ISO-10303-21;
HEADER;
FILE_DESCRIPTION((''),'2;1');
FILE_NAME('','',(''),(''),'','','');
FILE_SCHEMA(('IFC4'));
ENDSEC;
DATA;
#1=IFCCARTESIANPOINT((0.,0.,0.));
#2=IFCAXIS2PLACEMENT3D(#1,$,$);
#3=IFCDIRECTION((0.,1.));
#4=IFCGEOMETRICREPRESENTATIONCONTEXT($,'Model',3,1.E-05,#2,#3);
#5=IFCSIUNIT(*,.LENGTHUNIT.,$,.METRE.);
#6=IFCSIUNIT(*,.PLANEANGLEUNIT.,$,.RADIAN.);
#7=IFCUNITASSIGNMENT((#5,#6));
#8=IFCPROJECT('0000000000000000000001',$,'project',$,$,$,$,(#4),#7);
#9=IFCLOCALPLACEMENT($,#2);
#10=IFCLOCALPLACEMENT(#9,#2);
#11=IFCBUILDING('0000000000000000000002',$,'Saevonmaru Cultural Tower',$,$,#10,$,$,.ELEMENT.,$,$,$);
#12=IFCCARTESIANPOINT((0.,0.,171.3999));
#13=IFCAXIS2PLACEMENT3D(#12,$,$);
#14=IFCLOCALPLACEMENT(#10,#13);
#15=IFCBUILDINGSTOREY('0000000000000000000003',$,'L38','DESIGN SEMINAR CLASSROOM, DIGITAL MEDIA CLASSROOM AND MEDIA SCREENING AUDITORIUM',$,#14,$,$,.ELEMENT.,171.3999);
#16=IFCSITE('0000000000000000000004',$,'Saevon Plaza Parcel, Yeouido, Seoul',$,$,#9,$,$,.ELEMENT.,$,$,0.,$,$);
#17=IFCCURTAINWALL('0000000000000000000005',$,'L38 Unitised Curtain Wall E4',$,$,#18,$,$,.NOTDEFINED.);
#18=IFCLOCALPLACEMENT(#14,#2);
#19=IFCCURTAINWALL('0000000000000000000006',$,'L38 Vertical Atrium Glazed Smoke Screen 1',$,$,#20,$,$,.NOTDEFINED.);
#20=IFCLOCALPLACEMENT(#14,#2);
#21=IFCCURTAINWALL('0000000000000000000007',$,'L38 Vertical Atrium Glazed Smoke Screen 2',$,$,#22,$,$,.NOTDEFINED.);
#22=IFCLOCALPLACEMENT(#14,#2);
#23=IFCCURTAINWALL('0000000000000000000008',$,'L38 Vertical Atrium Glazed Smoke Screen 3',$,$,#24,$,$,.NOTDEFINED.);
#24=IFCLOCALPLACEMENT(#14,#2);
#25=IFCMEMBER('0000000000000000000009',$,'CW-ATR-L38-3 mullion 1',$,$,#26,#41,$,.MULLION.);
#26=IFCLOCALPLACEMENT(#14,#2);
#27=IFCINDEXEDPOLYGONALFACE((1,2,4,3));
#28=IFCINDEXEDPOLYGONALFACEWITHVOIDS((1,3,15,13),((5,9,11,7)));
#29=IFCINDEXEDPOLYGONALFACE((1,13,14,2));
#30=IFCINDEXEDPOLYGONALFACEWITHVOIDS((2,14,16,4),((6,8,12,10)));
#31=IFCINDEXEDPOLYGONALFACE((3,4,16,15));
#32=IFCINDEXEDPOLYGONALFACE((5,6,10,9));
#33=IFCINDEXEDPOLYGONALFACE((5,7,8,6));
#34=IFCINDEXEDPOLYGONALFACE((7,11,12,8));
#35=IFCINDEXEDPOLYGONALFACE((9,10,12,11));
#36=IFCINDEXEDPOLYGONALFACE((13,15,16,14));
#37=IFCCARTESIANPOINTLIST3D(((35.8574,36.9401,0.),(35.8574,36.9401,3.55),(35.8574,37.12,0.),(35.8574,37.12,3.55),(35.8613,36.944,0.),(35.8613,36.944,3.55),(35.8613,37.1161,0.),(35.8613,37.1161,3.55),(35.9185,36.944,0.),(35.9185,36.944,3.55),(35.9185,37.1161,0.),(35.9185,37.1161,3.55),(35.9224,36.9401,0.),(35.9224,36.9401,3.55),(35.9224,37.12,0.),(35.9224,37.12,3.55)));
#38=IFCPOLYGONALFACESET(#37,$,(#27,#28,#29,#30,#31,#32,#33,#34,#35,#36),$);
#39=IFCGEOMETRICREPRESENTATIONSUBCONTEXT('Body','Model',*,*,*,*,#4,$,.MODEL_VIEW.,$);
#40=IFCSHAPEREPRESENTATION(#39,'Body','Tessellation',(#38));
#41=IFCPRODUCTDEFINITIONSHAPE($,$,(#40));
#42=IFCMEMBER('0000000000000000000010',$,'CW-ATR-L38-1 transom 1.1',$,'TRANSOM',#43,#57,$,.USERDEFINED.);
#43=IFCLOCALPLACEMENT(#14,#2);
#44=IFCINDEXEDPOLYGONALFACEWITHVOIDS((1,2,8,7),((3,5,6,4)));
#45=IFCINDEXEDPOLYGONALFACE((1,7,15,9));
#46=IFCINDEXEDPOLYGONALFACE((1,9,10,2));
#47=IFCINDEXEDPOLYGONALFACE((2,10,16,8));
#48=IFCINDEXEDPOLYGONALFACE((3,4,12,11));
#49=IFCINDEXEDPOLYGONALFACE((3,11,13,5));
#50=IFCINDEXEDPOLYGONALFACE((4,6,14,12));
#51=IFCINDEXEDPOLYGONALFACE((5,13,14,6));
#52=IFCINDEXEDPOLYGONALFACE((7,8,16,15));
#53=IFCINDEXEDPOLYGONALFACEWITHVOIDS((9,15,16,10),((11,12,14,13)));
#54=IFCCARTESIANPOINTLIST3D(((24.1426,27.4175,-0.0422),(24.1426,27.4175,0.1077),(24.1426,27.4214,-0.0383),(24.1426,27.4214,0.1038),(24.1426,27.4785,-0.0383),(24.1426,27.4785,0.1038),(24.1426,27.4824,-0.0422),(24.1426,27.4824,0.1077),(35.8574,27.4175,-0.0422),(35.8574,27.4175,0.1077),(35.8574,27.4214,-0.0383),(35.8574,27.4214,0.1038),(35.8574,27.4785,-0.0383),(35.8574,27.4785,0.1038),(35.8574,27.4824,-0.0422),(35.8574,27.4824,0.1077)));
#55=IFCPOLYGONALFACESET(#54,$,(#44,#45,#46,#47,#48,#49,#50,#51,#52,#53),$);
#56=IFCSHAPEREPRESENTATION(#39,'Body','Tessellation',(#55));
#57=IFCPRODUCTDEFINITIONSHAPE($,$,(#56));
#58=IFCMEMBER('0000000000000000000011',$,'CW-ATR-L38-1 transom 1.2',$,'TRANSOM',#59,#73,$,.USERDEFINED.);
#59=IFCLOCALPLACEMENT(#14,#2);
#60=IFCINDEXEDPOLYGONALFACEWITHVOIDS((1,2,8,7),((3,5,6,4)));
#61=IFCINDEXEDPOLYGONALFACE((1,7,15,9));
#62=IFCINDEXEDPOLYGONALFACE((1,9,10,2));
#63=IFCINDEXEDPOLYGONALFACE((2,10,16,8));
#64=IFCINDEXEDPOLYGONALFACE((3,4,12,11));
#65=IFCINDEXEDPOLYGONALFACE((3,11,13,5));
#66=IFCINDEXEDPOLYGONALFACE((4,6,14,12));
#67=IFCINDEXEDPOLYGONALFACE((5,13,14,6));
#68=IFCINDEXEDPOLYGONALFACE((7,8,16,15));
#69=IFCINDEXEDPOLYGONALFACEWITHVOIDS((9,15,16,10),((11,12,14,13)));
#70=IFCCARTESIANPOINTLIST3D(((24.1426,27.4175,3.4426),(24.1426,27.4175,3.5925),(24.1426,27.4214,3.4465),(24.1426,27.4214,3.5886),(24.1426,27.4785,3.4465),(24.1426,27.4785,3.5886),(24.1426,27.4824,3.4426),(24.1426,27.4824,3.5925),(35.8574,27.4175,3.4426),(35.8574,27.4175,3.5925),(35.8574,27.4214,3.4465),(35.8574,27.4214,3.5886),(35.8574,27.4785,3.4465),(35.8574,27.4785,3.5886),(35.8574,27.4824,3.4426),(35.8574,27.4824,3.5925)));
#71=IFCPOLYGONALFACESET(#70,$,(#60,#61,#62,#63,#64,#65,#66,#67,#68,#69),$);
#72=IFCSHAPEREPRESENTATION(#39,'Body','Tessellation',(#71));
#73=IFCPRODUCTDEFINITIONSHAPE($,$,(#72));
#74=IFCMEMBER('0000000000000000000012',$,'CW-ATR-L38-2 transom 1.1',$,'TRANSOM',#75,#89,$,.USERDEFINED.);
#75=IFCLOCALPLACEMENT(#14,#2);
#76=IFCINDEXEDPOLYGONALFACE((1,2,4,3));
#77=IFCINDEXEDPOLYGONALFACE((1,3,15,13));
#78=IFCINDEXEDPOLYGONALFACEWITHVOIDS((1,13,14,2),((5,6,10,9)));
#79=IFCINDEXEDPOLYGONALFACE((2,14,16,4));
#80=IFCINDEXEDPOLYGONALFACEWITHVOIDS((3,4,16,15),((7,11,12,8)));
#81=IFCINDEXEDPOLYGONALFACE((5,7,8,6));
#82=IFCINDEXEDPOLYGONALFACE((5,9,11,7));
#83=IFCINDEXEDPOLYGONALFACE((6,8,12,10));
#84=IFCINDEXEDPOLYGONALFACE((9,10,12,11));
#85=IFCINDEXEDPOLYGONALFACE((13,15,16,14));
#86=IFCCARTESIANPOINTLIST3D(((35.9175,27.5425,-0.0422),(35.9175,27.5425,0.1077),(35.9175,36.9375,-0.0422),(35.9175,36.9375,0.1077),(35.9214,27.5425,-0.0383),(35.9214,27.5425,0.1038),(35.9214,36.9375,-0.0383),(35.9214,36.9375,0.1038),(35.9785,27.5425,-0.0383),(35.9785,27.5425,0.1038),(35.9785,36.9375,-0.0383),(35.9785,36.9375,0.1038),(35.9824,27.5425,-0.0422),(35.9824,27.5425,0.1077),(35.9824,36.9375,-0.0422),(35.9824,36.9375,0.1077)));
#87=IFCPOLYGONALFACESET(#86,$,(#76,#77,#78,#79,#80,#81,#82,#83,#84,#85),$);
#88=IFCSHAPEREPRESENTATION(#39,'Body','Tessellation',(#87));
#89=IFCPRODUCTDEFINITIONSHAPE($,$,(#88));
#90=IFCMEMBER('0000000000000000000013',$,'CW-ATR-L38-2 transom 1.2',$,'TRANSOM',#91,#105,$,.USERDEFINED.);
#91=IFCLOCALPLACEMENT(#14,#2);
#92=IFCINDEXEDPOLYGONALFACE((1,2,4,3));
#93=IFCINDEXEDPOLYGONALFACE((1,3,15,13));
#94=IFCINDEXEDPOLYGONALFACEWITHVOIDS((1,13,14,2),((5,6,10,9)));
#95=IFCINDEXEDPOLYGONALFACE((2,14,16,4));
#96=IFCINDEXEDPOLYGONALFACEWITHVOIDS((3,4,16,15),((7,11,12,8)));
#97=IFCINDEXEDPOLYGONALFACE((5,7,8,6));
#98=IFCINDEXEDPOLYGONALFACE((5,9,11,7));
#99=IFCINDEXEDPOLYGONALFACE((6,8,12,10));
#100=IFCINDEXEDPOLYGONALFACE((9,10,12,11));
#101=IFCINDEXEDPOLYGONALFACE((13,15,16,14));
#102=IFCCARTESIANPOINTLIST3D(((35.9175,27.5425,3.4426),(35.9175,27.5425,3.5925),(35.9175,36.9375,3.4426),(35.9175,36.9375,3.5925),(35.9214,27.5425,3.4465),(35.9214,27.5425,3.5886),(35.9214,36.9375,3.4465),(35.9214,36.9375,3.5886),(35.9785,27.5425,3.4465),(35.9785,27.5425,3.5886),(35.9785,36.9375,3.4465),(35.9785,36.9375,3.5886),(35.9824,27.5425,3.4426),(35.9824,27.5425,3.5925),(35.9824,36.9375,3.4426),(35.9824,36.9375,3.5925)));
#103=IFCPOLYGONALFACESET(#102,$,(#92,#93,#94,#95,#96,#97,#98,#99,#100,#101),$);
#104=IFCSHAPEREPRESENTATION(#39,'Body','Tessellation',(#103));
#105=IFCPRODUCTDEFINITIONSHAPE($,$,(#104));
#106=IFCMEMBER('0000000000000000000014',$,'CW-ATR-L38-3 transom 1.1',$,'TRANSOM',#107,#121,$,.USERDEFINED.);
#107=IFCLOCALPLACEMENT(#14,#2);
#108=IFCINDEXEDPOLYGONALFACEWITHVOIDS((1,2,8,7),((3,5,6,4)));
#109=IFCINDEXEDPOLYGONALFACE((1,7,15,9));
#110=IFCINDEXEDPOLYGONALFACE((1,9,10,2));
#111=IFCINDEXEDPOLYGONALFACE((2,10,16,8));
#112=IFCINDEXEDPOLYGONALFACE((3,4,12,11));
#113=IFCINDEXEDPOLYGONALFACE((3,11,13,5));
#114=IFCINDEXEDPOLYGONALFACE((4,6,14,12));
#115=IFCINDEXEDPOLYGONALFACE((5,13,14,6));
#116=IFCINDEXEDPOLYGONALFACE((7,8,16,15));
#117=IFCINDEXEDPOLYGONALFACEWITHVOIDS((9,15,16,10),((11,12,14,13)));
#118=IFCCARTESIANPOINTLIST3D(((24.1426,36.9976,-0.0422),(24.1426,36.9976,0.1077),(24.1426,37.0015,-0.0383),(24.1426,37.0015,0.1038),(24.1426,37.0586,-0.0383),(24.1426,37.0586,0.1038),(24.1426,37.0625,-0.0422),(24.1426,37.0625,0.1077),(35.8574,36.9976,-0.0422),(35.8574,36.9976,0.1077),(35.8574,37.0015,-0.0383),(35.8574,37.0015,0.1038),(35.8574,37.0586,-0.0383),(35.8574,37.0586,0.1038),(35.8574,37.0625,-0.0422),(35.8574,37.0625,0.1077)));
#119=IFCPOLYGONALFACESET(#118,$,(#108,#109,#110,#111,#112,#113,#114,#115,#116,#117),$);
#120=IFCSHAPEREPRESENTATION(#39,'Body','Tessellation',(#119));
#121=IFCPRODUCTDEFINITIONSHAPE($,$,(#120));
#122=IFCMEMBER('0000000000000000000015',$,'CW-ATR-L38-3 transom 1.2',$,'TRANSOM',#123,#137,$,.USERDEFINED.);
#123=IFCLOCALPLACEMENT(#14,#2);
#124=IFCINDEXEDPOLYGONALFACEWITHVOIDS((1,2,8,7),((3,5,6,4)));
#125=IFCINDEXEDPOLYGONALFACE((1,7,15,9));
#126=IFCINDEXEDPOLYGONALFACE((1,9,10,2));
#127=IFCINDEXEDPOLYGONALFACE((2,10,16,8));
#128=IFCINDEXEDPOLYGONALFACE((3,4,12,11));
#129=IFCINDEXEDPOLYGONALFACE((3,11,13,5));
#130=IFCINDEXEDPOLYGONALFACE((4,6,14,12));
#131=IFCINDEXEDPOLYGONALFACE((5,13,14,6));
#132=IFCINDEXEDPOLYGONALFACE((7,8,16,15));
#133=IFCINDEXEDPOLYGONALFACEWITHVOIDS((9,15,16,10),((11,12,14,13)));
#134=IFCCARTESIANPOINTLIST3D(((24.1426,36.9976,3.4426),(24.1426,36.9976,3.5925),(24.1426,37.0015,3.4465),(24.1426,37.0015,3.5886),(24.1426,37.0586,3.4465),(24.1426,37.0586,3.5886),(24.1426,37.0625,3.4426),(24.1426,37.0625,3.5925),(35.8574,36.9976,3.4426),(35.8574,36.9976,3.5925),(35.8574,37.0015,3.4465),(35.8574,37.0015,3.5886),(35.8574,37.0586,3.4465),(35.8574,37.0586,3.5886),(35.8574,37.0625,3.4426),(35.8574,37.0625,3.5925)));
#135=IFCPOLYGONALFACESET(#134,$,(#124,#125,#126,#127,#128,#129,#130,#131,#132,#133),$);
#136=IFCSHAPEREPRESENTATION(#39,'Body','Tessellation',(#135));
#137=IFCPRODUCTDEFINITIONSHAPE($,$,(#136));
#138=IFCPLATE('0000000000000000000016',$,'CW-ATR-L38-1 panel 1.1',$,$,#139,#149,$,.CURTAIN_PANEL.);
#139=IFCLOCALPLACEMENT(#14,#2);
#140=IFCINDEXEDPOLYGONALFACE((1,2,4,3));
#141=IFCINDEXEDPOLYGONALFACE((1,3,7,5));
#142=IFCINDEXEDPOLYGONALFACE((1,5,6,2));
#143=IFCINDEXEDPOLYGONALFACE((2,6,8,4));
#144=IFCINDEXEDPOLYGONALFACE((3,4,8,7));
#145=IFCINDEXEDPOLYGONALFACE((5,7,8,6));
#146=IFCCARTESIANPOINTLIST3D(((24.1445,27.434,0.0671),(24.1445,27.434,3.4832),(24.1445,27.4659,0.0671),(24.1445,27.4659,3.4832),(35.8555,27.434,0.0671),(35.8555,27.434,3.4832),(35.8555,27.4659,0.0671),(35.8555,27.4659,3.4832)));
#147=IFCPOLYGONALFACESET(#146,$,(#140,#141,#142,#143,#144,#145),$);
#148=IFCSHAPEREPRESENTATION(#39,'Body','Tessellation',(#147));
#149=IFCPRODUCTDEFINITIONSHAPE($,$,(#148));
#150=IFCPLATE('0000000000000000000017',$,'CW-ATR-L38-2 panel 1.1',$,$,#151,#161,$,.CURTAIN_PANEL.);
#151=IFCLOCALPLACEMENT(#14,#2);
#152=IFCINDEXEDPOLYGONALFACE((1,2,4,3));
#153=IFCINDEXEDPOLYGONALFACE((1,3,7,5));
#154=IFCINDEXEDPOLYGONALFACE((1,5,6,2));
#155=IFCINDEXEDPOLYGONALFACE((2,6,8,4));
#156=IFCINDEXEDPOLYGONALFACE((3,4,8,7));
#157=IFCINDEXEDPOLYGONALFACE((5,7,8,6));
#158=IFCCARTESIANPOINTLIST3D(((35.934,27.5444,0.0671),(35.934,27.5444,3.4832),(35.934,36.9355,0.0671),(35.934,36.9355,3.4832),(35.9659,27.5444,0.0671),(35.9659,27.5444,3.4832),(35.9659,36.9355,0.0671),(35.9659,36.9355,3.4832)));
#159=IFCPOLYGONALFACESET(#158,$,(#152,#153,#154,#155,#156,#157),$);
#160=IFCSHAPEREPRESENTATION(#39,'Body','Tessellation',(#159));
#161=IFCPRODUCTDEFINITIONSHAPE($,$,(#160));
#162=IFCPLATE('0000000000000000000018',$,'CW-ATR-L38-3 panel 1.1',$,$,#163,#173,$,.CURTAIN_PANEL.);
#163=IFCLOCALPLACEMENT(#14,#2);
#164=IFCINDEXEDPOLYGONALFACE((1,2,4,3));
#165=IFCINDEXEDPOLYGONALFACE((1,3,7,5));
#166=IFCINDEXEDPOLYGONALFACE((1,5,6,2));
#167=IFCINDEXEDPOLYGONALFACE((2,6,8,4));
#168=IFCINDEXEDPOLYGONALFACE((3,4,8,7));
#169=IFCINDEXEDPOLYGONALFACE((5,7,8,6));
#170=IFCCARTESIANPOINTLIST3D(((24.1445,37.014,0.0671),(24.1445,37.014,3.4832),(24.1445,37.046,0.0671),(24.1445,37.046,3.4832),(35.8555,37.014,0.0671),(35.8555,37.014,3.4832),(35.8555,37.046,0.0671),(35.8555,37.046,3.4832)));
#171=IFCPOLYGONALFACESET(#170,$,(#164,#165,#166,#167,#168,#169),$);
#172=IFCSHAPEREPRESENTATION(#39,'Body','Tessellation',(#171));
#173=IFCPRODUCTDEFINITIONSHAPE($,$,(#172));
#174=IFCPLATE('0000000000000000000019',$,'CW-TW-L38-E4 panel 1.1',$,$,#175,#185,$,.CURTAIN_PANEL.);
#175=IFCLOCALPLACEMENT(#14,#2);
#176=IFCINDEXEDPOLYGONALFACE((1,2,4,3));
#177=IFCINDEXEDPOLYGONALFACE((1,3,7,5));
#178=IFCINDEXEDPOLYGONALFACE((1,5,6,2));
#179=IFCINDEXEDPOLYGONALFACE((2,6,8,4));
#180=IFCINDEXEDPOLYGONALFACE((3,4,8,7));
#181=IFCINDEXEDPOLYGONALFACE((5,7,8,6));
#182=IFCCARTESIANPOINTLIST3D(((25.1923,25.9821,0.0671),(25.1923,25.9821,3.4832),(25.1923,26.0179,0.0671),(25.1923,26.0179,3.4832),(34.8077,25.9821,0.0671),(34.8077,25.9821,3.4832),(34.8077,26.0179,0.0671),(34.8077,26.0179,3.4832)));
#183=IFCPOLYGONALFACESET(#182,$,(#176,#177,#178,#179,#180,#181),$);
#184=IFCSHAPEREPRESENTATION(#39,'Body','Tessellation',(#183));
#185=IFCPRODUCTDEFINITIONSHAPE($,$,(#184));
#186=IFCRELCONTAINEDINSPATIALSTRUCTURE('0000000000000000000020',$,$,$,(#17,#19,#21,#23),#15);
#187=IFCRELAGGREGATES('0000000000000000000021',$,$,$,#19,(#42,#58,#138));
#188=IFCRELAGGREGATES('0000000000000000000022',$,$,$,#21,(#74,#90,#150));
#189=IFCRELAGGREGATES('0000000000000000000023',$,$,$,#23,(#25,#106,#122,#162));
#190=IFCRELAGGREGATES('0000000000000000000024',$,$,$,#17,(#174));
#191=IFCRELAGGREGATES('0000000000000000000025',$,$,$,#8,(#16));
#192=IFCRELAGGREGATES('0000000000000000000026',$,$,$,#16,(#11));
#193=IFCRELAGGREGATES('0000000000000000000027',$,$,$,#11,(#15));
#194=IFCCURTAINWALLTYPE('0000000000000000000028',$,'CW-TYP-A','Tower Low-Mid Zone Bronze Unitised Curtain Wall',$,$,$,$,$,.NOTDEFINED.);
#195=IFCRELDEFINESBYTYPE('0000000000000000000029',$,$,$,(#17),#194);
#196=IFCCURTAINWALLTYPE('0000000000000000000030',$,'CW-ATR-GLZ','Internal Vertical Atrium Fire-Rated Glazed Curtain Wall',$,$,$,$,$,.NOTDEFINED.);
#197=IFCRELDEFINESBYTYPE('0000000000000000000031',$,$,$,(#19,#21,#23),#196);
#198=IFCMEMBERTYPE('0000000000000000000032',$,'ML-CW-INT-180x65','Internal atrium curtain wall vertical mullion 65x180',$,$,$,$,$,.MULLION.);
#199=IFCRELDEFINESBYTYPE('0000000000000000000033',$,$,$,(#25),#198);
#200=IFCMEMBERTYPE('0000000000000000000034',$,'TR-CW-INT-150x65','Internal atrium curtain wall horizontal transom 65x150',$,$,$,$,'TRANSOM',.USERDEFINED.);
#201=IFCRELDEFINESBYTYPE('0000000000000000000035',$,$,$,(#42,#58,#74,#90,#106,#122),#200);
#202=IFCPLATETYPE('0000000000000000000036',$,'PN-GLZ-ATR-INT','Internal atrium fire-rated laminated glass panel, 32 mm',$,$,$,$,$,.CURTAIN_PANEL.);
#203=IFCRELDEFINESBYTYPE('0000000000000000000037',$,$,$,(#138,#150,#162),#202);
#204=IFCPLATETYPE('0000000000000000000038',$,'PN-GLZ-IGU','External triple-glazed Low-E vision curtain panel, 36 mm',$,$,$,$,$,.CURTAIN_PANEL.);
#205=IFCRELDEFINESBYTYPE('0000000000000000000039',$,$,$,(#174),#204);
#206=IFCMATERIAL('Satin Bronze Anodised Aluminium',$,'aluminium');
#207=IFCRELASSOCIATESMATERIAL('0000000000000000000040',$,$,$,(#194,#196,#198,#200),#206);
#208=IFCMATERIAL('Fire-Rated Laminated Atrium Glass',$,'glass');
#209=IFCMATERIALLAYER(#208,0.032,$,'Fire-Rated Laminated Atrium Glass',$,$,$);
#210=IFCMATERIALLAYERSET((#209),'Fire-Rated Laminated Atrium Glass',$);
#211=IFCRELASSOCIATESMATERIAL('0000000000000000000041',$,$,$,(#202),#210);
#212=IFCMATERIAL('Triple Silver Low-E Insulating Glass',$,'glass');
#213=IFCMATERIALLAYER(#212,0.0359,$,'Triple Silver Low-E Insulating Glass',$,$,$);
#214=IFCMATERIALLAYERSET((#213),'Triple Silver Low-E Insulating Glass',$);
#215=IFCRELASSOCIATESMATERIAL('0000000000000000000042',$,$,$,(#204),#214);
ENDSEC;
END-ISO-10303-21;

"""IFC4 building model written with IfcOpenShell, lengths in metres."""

from ifc_helpers import new_model, si_unit, direction, frame, origin, origin_2d, place, context, subcontext, project, spatial, rectangle, hollow_rectangle, extrude, material, layer, layer_set, material_profile, profile_set, type_object, element, aggregate, save


model = new_model("IFC4")

# Units and contexts
model_context = context("Model", 3, precision=1e-05, world=origin(), true_north=direction((0.0, 1.0)))
body_context = subcontext(model_context, "Body", "Model", "MODEL_VIEW")
ifc_project = project(units=[si_unit("LENGTHUNIT", "METRE"), si_unit("PLANEANGLEUNIT", "RADIAN")], contexts=[model_context])

# Site, building, storey
site_placement = place(None, origin())
site = spatial("IfcSite", under=ifc_project, at=site_placement, Name="Saevon Plaza Parcel, Yeouido, Seoul", CompositionType="ELEMENT", RefElevation=0.0)
building_placement = place(site_placement, origin())
building = spatial("IfcBuilding", under=site, at=building_placement, Name="Saevonmaru Cultural Tower", CompositionType="ELEMENT")
storey_placement = place(building_placement, frame((0.0, 0.0, 171.3999)))
storey = spatial("IfcBuildingStorey", under=building, at=storey_placement, Name="L38", Description="DESIGN SEMINAR CLASSROOM, DIGITAL MEDIA CLASSROOM AND MEDIA SCREENING AUDITORIUM", CompositionType="ELEMENT", Elevation=171.3999)

# Curtain walls
ifc_material_1 = material(Name="Satin Bronze Anodised Aluminium", Category="aluminium")
curtain_wall_type_1 = type_object("IfcCurtainWallType", Name="CW-TYP-A", Description="Tower Low-Mid Zone Bronze Unitised Curtain Wall", PredefinedType="NOTDEFINED", material=ifc_material_1)
curtain_wall_1_placement = place(storey_placement, origin())
curtain_wall_1 = element("IfcCurtainWall", 1, at=curtain_wall_1_placement, inside=storey, type_object=curtain_wall_type_1, Name="L38 Unitised Curtain Wall E4", PredefinedType="NOTDEFINED")
curtain_wall_type_2 = type_object("IfcCurtainWallType", Name="CW-ATR-GLZ", Description="Internal Vertical Atrium Fire-Rated Glazed Curtain Wall", PredefinedType="NOTDEFINED", material=ifc_material_1)
curtain_wall_2_placement = place(storey_placement, origin())
curtain_wall_2 = element("IfcCurtainWall", 2, at=curtain_wall_2_placement, inside=storey, type_object=curtain_wall_type_2, Name="L38 Vertical Atrium Glazed Smoke Screen 1", PredefinedType="NOTDEFINED")
ifc_material_profile_1 = material_profile(ifc_material_1, hollow_rectangle(XDim=0.0649, YDim=0.1799, WallThickness=0.0039, at=origin_2d()), Name="ALU-MULL-180x65x4")
ifc_profile_set_1 = profile_set([ifc_material_profile_1], Name="Satin Bronze Anodised Aluminium")
member_type_1 = type_object("IfcMemberType", Name="ML-CW-INT-180x65", Description="Internal atrium curtain wall vertical mullion 65x180", PredefinedType="MULLION", material=ifc_profile_set_1)

# Curtain wall
curtain_wall_3_placement = place(storey_placement, origin())
curtain_wall_3 = element("IfcCurtainWall", 3, at=curtain_wall_3_placement, inside=storey, type_object=curtain_wall_type_2, Name="L38 Vertical Atrium Glazed Smoke Screen 2", PredefinedType="NOTDEFINED")

# Curtain wall, member
curtain_wall_4_placement = place(storey_placement, origin())
curtain_wall_4 = element("IfcCurtainWall", 4, at=curtain_wall_4_placement, inside=storey, type_object=curtain_wall_type_2, Name="L38 Vertical Atrium Glazed Smoke Screen 3", PredefinedType="NOTDEFINED")
member_1_placement = place(storey_placement, frame((35.8899, 37.03, 0.0), z_axis=(0.0, 0.0, 1.0), x_axis=(-1.0, 0.0, 0.0)))
member_1 = element("IfcMember", 5, at=member_1_placement, type_object=member_type_1, Name="CW-ATR-L38-3 mullion 1", PredefinedType="MULLION", context=body_context, shape_type="SweptSolid", body=[
    extrude(hollow_rectangle(XDim=0.0649, YDim=0.1799, WallThickness=0.0039, at=origin_2d()), origin(), (0.0, 0.0, 1.0), 3.55),
])

# Members
ifc_material_profile_2 = material_profile(ifc_material_1, hollow_rectangle(XDim=0.0649, YDim=0.1499, WallThickness=0.0039, at=origin_2d()), Name="ALU-TRAN-150x65x4")
ifc_profile_set_2 = profile_set([ifc_material_profile_2], Name="Satin Bronze Anodised Aluminium")
member_type_2 = type_object("IfcMemberType", Name="TR-CW-INT-150x65", Description="Internal atrium curtain wall horizontal transom 65x150", ElementType="TRANSOM", PredefinedType="USERDEFINED", material=ifc_profile_set_2)
member_2_placement = place(storey_placement, frame((24.1426, 27.45, 0.0327), z_axis=(1.0, 0.0, 0.0), x_axis=(0.0, 1.0, 0.0)))
member_2 = element("IfcMember", 6, at=member_2_placement, type_object=member_type_2, Name="CW-ATR-L38-1 transom 1.1", ObjectType="TRANSOM", PredefinedType="USERDEFINED", context=body_context, shape_type="SweptSolid", body=[
    extrude(hollow_rectangle(XDim=0.0649, YDim=0.1499, WallThickness=0.0039, at=origin_2d()), origin(), (0.0, 0.0, 1.0), 11.7148),
])
member_3_placement = place(storey_placement, frame((24.1426, 27.45, 3.5176), z_axis=(1.0, 0.0, 0.0), x_axis=(0.0, 1.0, 0.0)))
member_3 = element("IfcMember", 7, at=member_3_placement, type_object=member_type_2, Name="CW-ATR-L38-1 transom 1.2", ObjectType="TRANSOM", PredefinedType="USERDEFINED", context=body_context, shape_type="SweptSolid", body=[
    extrude(hollow_rectangle(XDim=0.0649, YDim=0.1499, WallThickness=0.0039, at=origin_2d()), origin(), (0.0, 0.0, 1.0), 11.7148),
])
member_4_placement = place(storey_placement, frame((35.95, 27.5425, 0.0327), z_axis=(0.0, 1.0, 0.0), x_axis=(-1.0, 0.0, 0.0)))
member_4 = element("IfcMember", 8, at=member_4_placement, type_object=member_type_2, Name="CW-ATR-L38-2 transom 1.1", ObjectType="TRANSOM", PredefinedType="USERDEFINED", context=body_context, shape_type="SweptSolid", body=[
    extrude(hollow_rectangle(XDim=0.0649, YDim=0.1499, WallThickness=0.0039, at=origin_2d()), origin(), (0.0, 0.0, 1.0), 9.395),
])
member_5_placement = place(storey_placement, frame((35.95, 27.5425, 3.5176), z_axis=(0.0, 1.0, 0.0), x_axis=(-1.0, 0.0, 0.0)))
member_5 = element("IfcMember", 9, at=member_5_placement, type_object=member_type_2, Name="CW-ATR-L38-2 transom 1.2", ObjectType="TRANSOM", PredefinedType="USERDEFINED", context=body_context, shape_type="SweptSolid", body=[
    extrude(hollow_rectangle(XDim=0.0649, YDim=0.1499, WallThickness=0.0039, at=origin_2d()), origin(), (0.0, 0.0, 1.0), 9.395),
])
member_6_placement = place(storey_placement, frame((35.8574, 37.03, 0.0327), z_axis=(-1.0, 0.0, 0.0), x_axis=(0.0, -1.0, 0.0)))
member_6 = element("IfcMember", 10, at=member_6_placement, type_object=member_type_2, Name="CW-ATR-L38-3 transom 1.1", ObjectType="TRANSOM", PredefinedType="USERDEFINED", context=body_context, shape_type="SweptSolid", body=[
    extrude(hollow_rectangle(XDim=0.0649, YDim=0.1499, WallThickness=0.0039, at=origin_2d()), origin(), (0.0, 0.0, 1.0), 11.7148),
])
member_7_placement = place(storey_placement, frame((35.8574, 37.03, 3.5176), z_axis=(-1.0, 0.0, 0.0), x_axis=(0.0, -1.0, 0.0)))
member_7 = element("IfcMember", 11, at=member_7_placement, type_object=member_type_2, Name="CW-ATR-L38-3 transom 1.2", ObjectType="TRANSOM", PredefinedType="USERDEFINED", context=body_context, shape_type="SweptSolid", body=[
    extrude(hollow_rectangle(XDim=0.0649, YDim=0.1499, WallThickness=0.0039, at=origin_2d()), origin(), (0.0, 0.0, 1.0), 11.7148),
])

# Plates
ifc_material_2 = material(Name="Fire-Rated Laminated Atrium Glass", Category="glass")
ifc_layer_1 = layer(ifc_material_2, 0.032, Name="Fire-Rated Laminated Atrium Glass")
ifc_layer_set_1 = layer_set([ifc_layer_1], Name="Fire-Rated Laminated Atrium Glass")
plate_type_1 = type_object("IfcPlateType", Name="PN-GLZ-ATR-INT", Description="Internal atrium fire-rated laminated glass panel, 32 mm", PredefinedType="CURTAIN_PANEL", material=ifc_layer_set_1)
plate_1_placement = place(storey_placement, frame((30.0, 27.45, 0.0671), z_axis=(0.0, 0.0, 1.0), x_axis=(1.0, 0.0, 0.0)))
plate_1 = element("IfcPlate", 12, at=plate_1_placement, type_object=plate_type_1, Name="CW-ATR-L38-1 panel 1.1", PredefinedType="CURTAIN_PANEL", context=body_context, shape_type="SweptSolid", body=[
    extrude(rectangle(XDim=11.7109, YDim=0.032, at=origin_2d()), origin(), (0.0, 0.0, 1.0), 3.416),
])
aggregate(curtain_wall_2, [member_2, member_3, plate_1])
plate_2_placement = place(storey_placement, frame((35.95, 32.24, 0.0671), z_axis=(0.0, 0.0, 1.0), x_axis=(0.0, 1.0, 0.0)))
plate_2 = element("IfcPlate", 13, at=plate_2_placement, type_object=plate_type_1, Name="CW-ATR-L38-2 panel 1.1", PredefinedType="CURTAIN_PANEL", context=body_context, shape_type="SweptSolid", body=[
    extrude(rectangle(XDim=9.3911, YDim=0.032, at=origin_2d()), origin(), (0.0, 0.0, 1.0), 3.416),
])
aggregate(curtain_wall_3, [member_4, member_5, plate_2])
plate_3_placement = place(storey_placement, frame((30.0, 37.03, 0.0671), z_axis=(0.0, 0.0, 1.0), x_axis=(-1.0, 0.0, 0.0)))
plate_3 = element("IfcPlate", 14, at=plate_3_placement, type_object=plate_type_1, Name="CW-ATR-L38-3 panel 1.1", PredefinedType="CURTAIN_PANEL", context=body_context, shape_type="SweptSolid", body=[
    extrude(rectangle(XDim=11.7109, YDim=0.032, at=origin_2d()), origin(), (0.0, 0.0, 1.0), 3.416),
])
aggregate(curtain_wall_4, [member_1, member_6, member_7, plate_3])
ifc_material_3 = material(Name="Triple Silver Low-E Insulating Glass", Category="glass")
ifc_layer_2 = layer(ifc_material_3, 0.0359, Name="Triple Silver Low-E Insulating Glass")
ifc_layer_set_2 = layer_set([ifc_layer_2], Name="Triple Silver Low-E Insulating Glass")
plate_type_2 = type_object("IfcPlateType", Name="PN-GLZ-IGU", Description="External triple-glazed Low-E vision curtain panel, 36 mm", PredefinedType="CURTAIN_PANEL", material=ifc_layer_set_2)
plate_4_placement = place(storey_placement, frame((30.0, 26.0, 0.0671), z_axis=(0.0, 0.0, 1.0), x_axis=(1.0, 0.0, 0.0)))
plate_4 = element("IfcPlate", 15, at=plate_4_placement, type_object=plate_type_2, Name="CW-TW-L38-E4 panel 1.1", PredefinedType="CURTAIN_PANEL", context=body_context, shape_type="SweptSolid", body=[
    extrude(rectangle(XDim=9.6155, YDim=0.0359, at=origin_2d()), origin(), (0.0, 0.0, 1.0), 3.416),
])
aggregate(curtain_wall_1, [plate_4])

save(model, "model.ifc")
